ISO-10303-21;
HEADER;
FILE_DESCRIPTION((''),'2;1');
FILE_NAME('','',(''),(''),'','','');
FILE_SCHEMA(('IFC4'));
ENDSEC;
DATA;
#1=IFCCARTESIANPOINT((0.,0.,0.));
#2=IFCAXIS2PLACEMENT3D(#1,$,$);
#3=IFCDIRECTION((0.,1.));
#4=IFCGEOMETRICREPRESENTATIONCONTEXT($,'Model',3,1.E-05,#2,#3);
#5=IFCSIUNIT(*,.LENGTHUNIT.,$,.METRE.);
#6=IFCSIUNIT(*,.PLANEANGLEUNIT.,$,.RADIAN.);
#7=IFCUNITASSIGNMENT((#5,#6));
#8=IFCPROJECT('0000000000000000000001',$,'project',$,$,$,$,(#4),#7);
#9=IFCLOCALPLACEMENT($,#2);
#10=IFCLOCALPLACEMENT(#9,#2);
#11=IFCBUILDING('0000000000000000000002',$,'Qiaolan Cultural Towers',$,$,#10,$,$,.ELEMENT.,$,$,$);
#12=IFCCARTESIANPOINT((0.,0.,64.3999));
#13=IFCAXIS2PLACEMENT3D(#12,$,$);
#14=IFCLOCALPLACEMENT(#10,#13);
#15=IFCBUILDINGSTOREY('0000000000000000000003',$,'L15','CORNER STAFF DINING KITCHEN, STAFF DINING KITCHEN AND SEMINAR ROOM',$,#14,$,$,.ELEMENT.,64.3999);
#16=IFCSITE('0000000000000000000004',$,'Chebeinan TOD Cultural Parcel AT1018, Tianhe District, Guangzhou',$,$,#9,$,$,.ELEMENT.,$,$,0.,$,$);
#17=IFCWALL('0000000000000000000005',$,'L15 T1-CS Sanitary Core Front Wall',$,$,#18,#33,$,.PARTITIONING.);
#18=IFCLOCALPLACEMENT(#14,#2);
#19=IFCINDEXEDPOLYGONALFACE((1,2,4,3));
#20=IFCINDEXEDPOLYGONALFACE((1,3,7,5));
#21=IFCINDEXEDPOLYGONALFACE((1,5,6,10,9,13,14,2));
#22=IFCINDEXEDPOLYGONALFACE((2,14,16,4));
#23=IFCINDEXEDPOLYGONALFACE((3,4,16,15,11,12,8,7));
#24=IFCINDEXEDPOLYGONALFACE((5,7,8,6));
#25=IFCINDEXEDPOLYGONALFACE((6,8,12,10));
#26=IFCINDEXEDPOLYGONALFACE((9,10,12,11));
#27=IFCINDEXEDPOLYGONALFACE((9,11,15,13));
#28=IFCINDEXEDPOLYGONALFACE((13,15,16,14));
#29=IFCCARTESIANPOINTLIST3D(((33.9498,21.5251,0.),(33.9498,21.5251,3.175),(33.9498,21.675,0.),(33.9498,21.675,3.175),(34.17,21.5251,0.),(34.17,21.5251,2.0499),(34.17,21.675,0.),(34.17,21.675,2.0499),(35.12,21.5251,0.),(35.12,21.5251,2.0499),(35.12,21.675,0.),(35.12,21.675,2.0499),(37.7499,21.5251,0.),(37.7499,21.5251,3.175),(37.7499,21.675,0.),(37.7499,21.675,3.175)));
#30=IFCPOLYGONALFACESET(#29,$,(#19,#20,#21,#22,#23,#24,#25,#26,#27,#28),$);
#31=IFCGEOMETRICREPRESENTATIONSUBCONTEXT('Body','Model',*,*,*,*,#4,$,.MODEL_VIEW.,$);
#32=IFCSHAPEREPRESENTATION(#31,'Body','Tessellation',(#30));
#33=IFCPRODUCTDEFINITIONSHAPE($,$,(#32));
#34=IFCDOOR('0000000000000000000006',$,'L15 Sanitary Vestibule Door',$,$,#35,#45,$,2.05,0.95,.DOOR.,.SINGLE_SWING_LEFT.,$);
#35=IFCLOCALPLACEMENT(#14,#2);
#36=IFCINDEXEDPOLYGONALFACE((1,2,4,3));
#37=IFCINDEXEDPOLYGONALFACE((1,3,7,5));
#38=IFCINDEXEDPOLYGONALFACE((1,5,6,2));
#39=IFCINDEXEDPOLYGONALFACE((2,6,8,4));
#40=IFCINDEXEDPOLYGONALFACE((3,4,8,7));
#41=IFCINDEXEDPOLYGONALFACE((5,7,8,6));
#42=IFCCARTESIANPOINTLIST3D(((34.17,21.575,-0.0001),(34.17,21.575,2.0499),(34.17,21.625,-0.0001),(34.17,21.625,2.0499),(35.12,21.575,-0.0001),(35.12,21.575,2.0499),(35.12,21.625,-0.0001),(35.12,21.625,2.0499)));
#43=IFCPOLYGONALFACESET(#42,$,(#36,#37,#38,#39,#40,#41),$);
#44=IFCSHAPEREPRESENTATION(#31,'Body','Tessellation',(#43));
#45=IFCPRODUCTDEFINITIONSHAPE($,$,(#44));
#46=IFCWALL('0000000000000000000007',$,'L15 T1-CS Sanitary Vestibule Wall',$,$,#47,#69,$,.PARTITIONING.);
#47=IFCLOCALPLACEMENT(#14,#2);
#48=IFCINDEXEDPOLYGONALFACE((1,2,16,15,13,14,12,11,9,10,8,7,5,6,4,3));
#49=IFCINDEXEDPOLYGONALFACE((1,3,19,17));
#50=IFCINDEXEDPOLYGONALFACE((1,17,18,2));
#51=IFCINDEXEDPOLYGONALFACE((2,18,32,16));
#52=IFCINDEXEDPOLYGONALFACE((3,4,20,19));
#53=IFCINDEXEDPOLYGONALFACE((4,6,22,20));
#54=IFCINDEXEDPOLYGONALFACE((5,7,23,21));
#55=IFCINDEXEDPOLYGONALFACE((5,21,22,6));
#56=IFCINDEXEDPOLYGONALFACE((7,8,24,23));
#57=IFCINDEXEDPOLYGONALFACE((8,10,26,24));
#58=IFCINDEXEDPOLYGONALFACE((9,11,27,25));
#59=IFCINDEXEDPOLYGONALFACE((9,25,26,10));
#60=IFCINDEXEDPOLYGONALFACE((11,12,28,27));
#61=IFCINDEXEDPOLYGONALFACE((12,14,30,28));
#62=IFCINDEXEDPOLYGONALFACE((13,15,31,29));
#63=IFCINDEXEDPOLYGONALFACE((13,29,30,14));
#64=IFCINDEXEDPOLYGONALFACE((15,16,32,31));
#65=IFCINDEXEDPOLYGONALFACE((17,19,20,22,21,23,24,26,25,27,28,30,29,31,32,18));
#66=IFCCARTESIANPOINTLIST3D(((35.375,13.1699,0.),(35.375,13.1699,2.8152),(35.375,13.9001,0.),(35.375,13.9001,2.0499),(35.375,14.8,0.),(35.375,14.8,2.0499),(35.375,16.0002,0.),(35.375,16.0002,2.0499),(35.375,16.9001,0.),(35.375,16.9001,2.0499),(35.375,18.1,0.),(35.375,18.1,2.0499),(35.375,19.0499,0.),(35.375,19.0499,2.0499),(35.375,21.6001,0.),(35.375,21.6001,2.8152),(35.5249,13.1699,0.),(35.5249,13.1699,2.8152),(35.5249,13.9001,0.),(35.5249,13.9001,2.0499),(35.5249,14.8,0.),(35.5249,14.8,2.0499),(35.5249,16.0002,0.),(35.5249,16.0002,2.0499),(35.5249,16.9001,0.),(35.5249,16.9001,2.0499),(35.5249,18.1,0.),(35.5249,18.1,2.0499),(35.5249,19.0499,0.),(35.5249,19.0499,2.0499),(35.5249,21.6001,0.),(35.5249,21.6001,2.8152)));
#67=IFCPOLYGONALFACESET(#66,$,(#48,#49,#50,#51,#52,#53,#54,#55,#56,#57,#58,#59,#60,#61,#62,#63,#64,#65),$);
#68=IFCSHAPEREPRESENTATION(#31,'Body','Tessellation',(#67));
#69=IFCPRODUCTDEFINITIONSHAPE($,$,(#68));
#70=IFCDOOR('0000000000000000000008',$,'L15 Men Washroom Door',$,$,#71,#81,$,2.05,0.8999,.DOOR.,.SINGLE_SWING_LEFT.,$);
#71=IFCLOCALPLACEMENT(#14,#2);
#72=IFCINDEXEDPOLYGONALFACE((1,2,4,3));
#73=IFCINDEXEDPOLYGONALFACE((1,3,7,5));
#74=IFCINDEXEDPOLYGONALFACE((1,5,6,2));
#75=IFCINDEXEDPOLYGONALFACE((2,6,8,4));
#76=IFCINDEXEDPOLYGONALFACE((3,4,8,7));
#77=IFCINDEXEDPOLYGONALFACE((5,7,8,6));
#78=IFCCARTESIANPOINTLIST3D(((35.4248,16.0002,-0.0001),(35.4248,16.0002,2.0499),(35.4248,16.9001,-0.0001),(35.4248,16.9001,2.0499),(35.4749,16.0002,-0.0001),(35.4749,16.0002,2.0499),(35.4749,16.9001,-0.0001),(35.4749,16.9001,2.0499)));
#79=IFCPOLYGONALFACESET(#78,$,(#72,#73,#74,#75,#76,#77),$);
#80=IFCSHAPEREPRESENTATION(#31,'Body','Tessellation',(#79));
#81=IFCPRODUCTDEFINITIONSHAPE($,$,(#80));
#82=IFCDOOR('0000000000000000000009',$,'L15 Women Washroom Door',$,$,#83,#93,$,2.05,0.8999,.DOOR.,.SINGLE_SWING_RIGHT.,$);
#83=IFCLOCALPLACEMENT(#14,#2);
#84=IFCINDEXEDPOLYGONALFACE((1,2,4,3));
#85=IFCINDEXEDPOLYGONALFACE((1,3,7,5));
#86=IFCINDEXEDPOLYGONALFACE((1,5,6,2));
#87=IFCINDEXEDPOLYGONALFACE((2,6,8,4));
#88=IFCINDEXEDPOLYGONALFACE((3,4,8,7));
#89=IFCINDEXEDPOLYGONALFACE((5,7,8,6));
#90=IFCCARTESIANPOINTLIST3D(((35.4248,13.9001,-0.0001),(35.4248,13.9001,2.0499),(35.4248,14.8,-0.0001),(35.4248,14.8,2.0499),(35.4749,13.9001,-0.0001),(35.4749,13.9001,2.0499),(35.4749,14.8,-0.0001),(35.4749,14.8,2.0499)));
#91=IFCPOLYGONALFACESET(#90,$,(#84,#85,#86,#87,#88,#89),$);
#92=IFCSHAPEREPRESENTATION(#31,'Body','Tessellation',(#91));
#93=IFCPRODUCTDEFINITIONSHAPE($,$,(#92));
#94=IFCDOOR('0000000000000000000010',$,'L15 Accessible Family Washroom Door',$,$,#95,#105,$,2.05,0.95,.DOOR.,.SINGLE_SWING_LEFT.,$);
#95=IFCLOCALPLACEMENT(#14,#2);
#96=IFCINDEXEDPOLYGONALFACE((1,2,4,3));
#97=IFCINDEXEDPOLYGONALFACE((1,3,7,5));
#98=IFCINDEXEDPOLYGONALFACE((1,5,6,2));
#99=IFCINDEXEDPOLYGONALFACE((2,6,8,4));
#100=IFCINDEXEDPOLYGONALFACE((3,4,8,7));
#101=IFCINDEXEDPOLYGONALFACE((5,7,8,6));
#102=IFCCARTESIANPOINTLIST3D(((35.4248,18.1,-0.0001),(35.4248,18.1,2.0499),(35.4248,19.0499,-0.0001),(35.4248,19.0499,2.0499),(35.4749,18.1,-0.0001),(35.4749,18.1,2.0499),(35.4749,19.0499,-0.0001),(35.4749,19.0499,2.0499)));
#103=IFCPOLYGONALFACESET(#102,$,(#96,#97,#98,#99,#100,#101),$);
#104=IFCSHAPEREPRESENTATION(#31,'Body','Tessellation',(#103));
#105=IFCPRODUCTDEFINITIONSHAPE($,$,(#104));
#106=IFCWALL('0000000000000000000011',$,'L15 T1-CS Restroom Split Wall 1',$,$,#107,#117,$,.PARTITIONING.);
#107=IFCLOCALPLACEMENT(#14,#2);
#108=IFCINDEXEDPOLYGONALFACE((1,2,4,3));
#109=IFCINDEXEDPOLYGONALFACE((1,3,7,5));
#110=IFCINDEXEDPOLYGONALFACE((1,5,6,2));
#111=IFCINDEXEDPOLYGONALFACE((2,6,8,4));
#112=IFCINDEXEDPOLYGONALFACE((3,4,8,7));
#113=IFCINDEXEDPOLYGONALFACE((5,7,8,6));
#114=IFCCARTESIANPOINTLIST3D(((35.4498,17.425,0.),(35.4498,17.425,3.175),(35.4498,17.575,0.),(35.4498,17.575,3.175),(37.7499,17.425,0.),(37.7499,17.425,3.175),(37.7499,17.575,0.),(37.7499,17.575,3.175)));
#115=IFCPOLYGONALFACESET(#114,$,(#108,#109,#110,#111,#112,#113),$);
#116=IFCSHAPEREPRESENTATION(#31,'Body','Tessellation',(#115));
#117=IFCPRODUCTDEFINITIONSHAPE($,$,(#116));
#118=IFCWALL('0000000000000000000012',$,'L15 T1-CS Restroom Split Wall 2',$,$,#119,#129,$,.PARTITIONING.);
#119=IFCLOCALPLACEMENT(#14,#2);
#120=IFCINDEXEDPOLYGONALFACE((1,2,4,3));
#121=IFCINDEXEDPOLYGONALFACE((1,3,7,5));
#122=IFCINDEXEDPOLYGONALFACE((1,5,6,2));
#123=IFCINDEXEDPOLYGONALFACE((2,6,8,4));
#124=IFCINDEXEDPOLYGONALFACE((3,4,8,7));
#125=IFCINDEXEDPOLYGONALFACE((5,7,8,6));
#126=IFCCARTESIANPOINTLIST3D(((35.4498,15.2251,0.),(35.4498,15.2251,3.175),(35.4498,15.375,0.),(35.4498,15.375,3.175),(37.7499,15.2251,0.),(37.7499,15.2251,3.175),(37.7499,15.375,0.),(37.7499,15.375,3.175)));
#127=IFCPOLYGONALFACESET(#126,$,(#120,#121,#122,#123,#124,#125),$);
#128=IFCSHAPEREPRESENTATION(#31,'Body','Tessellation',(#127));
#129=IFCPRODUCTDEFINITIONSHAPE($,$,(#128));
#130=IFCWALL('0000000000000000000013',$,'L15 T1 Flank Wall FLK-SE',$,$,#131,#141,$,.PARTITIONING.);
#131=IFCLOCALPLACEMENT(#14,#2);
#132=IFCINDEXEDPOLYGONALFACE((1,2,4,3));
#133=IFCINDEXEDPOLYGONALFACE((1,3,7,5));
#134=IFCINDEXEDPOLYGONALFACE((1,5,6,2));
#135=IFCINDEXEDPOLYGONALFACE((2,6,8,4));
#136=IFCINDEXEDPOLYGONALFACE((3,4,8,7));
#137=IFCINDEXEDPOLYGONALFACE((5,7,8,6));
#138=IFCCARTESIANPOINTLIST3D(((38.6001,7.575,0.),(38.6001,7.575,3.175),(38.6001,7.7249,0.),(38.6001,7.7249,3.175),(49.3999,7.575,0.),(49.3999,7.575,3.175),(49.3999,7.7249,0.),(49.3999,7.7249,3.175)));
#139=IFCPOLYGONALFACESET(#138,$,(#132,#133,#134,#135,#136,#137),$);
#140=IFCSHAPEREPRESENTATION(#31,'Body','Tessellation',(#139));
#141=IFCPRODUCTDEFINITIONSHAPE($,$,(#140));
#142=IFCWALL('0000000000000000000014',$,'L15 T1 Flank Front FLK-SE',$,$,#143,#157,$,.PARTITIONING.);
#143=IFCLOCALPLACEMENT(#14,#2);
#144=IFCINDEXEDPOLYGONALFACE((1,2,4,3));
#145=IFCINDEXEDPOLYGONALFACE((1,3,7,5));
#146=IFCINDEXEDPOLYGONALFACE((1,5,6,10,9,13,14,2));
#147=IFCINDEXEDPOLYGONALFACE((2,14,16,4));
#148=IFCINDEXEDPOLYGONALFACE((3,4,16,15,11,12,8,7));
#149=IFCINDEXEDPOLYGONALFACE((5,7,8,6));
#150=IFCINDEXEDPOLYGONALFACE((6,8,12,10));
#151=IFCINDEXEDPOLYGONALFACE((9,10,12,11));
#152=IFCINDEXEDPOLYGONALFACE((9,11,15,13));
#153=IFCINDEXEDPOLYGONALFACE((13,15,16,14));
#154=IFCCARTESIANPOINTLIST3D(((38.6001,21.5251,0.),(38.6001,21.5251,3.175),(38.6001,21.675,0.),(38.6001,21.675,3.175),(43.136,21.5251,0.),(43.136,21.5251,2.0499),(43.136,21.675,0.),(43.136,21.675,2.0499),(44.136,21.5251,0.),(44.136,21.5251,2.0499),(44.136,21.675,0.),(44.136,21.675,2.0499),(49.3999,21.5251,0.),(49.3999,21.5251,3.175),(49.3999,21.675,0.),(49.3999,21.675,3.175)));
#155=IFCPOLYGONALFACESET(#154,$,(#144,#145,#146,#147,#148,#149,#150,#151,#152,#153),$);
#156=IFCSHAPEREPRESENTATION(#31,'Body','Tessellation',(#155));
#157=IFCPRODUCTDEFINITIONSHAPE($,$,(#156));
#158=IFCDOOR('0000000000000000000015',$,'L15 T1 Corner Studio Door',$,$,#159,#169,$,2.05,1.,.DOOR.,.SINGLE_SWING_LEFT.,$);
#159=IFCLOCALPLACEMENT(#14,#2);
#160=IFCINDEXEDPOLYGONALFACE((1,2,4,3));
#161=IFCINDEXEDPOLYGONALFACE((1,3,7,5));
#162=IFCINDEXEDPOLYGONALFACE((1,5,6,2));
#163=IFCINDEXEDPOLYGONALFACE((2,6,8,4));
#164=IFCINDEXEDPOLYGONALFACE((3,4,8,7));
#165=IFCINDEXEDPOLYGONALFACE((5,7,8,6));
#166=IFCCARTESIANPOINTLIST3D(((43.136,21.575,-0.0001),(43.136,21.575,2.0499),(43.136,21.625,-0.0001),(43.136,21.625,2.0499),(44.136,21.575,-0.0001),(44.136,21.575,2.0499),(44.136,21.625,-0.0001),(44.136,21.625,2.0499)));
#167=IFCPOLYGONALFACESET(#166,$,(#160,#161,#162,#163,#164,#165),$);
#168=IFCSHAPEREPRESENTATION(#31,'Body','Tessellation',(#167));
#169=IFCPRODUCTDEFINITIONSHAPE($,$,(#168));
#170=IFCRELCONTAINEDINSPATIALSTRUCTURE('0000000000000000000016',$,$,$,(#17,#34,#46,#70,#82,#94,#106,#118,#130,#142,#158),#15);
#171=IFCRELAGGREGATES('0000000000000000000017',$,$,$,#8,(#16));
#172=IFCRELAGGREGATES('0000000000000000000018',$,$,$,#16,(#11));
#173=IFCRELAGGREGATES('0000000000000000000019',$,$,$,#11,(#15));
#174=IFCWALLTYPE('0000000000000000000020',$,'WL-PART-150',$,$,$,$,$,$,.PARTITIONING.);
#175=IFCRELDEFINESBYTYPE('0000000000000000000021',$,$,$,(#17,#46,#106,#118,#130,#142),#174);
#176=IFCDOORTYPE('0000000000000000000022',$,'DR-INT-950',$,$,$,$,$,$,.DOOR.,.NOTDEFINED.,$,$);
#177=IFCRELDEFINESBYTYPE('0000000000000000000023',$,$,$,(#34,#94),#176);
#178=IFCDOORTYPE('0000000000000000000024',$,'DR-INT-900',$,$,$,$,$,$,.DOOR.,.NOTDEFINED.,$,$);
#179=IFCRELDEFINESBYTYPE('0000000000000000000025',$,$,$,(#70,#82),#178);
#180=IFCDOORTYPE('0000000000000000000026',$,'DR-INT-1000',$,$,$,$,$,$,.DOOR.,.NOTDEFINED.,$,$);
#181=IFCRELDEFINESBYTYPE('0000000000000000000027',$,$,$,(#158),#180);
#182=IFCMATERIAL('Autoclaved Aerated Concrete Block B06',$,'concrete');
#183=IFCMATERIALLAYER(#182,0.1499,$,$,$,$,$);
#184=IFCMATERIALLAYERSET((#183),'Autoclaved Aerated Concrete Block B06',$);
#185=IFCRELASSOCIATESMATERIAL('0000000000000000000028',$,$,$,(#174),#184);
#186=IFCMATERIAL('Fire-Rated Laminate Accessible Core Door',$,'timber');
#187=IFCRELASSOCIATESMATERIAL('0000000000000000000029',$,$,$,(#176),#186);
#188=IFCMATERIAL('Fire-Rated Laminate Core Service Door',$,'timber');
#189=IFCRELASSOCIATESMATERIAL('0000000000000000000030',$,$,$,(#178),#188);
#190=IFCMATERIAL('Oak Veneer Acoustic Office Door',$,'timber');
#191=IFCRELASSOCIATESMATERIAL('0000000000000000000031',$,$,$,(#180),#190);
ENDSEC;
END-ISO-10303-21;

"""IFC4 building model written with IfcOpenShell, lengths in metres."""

from ifc_helpers import new_model, si_unit, direction, frame, frame_2d, origin, place, context, subcontext, project, spatial, rectangle, extrude, material, layer, layer_set, type_object, element, fill, save


model = new_model("IFC4")

# Units and contexts
model_context = context("Model", 3, precision=1e-05, world=origin(), true_north=direction((0.0, 1.0)))
body_context = subcontext(model_context, "Body", "Model", "MODEL_VIEW")
ifc_project = project(units=[si_unit("LENGTHUNIT", "METRE"), si_unit("PLANEANGLEUNIT", "RADIAN")], contexts=[model_context])

# Site, building, storey
site_placement = place(None, origin())
site = spatial("IfcSite", under=ifc_project, at=site_placement, Name="Chebeinan TOD Cultural Parcel AT1018, Tianhe District, Guangzhou", CompositionType="ELEMENT", RefElevation=0.0)
building_placement = place(site_placement, origin())
building = spatial("IfcBuilding", under=site, at=building_placement, Name="Qiaolan Cultural Towers", CompositionType="ELEMENT")
storey_placement = place(building_placement, frame((0.0, 0.0, 64.3999)))
storey = spatial("IfcBuildingStorey", under=building, at=storey_placement, Name="L15", Description="CORNER STAFF DINING KITCHEN, STAFF DINING KITCHEN AND SEMINAR ROOM", CompositionType="ELEMENT", Elevation=64.3999)

# Shared definitions
ifc_material_1 = material(Name="Autoclaved Aerated Concrete Block B06", Category="concrete")
ifc_layer_1 = layer(ifc_material_1, 0.1499)
ifc_layer_set_1 = layer_set([ifc_layer_1], Name="Autoclaved Aerated Concrete Block B06")
wall_type_1 = type_object("IfcWallType", Name="WL-PART-150", PredefinedType="PARTITIONING", material=ifc_layer_set_1)

# Wall, opening, door
wall_1_placement = place(storey_placement, frame((33.95, 21.6001, 0.0), z_axis=(0.0, 0.0, 1.0), x_axis=(1.0, 0.0, 0.0)))
wall_1 = element("IfcWall", 1, at=wall_1_placement, inside=storey, type_object=wall_type_1, Name="L15 T1-CS Sanitary Core Front Wall", PredefinedType="PARTITIONING", context=body_context, shape_type="SweptSolid", body=[
    extrude(rectangle(XDim=3.8, YDim=0.1499, at=frame_2d((1.8999, 0.0))), origin(), (0.0, 0.0, 1.0), 3.175),
])
opening_1_placement = place(wall_1_placement, frame((0.22, 0.0, 0.0)))
opening_1 = element("IfcOpeningElement", 2, at=opening_1_placement, cuts=wall_1, PredefinedType="OPENING", context=body_context, shape_type="SweptSolid", body=[
    extrude(rectangle(XDim=0.95, YDim=2.05, at=frame_2d((0.4751, 1.0249))), frame((0.0, 0.085, 0.0), z_axis=(0.0, -1.0, 0.0), x_axis=(1.0, 0.0, 0.0)), (0.0, 0.0, 1.0), 0.1699),
])
ifc_material_2 = material(Name="Fire-Rated Laminate Accessible Core Door", Category="timber")
door_type_1 = type_object("IfcDoorType", Name="DR-INT-950", OperationType="NOTDEFINED", PredefinedType="DOOR", material=ifc_material_2)
door_1_placement = place(opening_1_placement, origin())
door_1 = element("IfcDoor", 3, at=door_1_placement, inside=storey, type_object=door_type_1, Name="L15 Sanitary Vestibule Door", OperationType="SINGLE_SWING_LEFT", OverallHeight=2.05, OverallWidth=0.95, PredefinedType="DOOR", context=body_context, shape_type="SweptSolid", body=[
    extrude(rectangle(XDim=0.95, YDim=2.05, at=frame_2d((0.4751, 1.0249))), frame((0.0, 0.0249, 0.0), z_axis=(0.0, -1.0, 0.0), x_axis=(1.0, 0.0, 0.0)), (0.0, 0.0, 1.0), 0.05),
])
fill(opening_1, door_1)

# Wall, openings, doors
wall_2_placement = place(storey_placement, frame((35.45, 21.6001, 0.0), z_axis=(0.0, 0.0, 1.0), x_axis=(0.0, -1.0, 0.0)))
wall_2 = element("IfcWall", 4, at=wall_2_placement, inside=storey, type_object=wall_type_1, Name="L15 T1-CS Sanitary Vestibule Wall", PredefinedType="PARTITIONING", context=body_context, shape_type="SweptSolid", body=[
    extrude(rectangle(XDim=8.4302, YDim=0.1499, at=frame_2d((4.2151, 0.0))), origin(), (0.0, 0.0, 1.0), 2.8152),
])
opening_2_placement = place(wall_2_placement, frame((2.55, 0.0, 0.0)))
opening_2 = element("IfcOpeningElement", 5, at=opening_2_placement, cuts=wall_2, PredefinedType="OPENING", context=body_context, shape_type="SweptSolid", body=[
    extrude(rectangle(XDim=0.95, YDim=2.05, at=frame_2d((0.4751, 1.0249))), frame((0.0, 0.085, 0.0), z_axis=(0.0, -1.0, 0.0), x_axis=(1.0, 0.0, 0.0)), (0.0, 0.0, 1.0), 0.1699),
])
opening_3_placement = place(wall_2_placement, frame((4.7, 0.0, 0.0)))
opening_3 = element("IfcOpeningElement", 6, at=opening_3_placement, cuts=wall_2, PredefinedType="OPENING", context=body_context, shape_type="SweptSolid", body=[
    extrude(rectangle(XDim=0.8999, YDim=2.05, at=frame_2d((0.45, 1.0249))), frame((0.0, 0.085, 0.0), z_axis=(0.0, -1.0, 0.0), x_axis=(1.0, 0.0, 0.0)), (0.0, 0.0, 1.0), 0.1699),
])
opening_4_placement = place(wall_2_placement, frame((6.8, 0.0, 0.0)))
opening_4 = element("IfcOpeningElement", 7, at=opening_4_placement, cuts=wall_2, PredefinedType="OPENING", context=body_context, shape_type="SweptSolid", body=[
    extrude(rectangle(XDim=0.8999, YDim=2.05, at=frame_2d((0.45, 1.0249))), frame((0.0, 0.085, 0.0), z_axis=(0.0, -1.0, 0.0), x_axis=(1.0, 0.0, 0.0)), (0.0, 0.0, 1.0), 0.1699),
])
ifc_material_3 = material(Name="Fire-Rated Laminate Core Service Door", Category="timber")
door_type_2 = type_object("IfcDoorType", Name="DR-INT-900", OperationType="NOTDEFINED", PredefinedType="DOOR", material=ifc_material_3)
door_2_placement = place(opening_3_placement, origin())
door_2 = element("IfcDoor", 8, at=door_2_placement, inside=storey, type_object=door_type_2, Name="L15 Men Washroom Door", OperationType="SINGLE_SWING_LEFT", OverallHeight=2.05, OverallWidth=0.8999, PredefinedType="DOOR", context=body_context, shape_type="SweptSolid", body=[
    extrude(rectangle(XDim=0.8999, YDim=2.05, at=frame_2d((0.45, 1.0249))), frame((0.0, 0.0249, 0.0), z_axis=(0.0, -1.0, 0.0), x_axis=(1.0, 0.0, 0.0)), (0.0, 0.0, 1.0), 0.05),
])
fill(opening_3, door_2)
door_3_placement = place(opening_4_placement, origin())
door_3 = element("IfcDoor", 9, at=door_3_placement, inside=storey, type_object=door_type_2, Name="L15 Women Washroom Door", OperationType="SINGLE_SWING_RIGHT", OverallHeight=2.05, OverallWidth=0.8999, PredefinedType="DOOR", context=body_context, shape_type="SweptSolid", body=[
    extrude(rectangle(XDim=0.8999, YDim=2.05, at=frame_2d((0.45, 1.0249))), frame((0.0, 0.0249, 0.0), z_axis=(0.0, -1.0, 0.0), x_axis=(1.0, 0.0, 0.0)), (0.0, 0.0, 1.0), 0.05),
])
fill(opening_4, door_3)
door_4_placement = place(opening_2_placement, origin())
door_4 = element("IfcDoor", 10, at=door_4_placement, inside=storey, type_object=door_type_1, Name="L15 Accessible Family Washroom Door", OperationType="SINGLE_SWING_LEFT", OverallHeight=2.05, OverallWidth=0.95, PredefinedType="DOOR", context=body_context, shape_type="SweptSolid", body=[
    extrude(rectangle(XDim=0.95, YDim=2.05, at=frame_2d((0.4751, 1.0249))), frame((0.0, 0.0249, 0.0), z_axis=(0.0, -1.0, 0.0), x_axis=(1.0, 0.0, 0.0)), (0.0, 0.0, 1.0), 0.05),
])
fill(opening_2, door_4)

# Walls
for number, where, z_axis, x_axis, name in (
    (11, (35.45, 17.5, 0.0), (0.0, 0.0, 1.0), (1.0, 0.0, 0.0), "L15 T1-CS Restroom Split Wall 1"),
    (12, (35.45, 15.3, 0.0), (0.0, 0.0, 1.0), (1.0, 0.0, 0.0), "L15 T1-CS Restroom Split Wall 2"),
):
    element("IfcWall", number, at=place(storey_placement, frame(where, z_axis=z_axis, x_axis=x_axis)), inside=storey, type_object=wall_type_1, Name=name, PredefinedType="PARTITIONING", context=body_context, shape_type="SweptSolid", body=[
        extrude(rectangle(XDim=2.3, YDim=0.1499, at=frame_2d((1.1499, 0.0))), origin(), (0.0, 0.0, 1.0), 3.175),
    ])
wall_3_placement = place(storey_placement, frame((38.6001, 7.6499, 0.0), z_axis=(0.0, 0.0, 1.0), x_axis=(1.0, 0.0, 0.0)))
element("IfcWall", 13, at=wall_3_placement, inside=storey, type_object=wall_type_1, Name="L15 T1 Flank Wall FLK-SE", PredefinedType="PARTITIONING", context=body_context, shape_type="SweptSolid", body=[
    extrude(rectangle(XDim=10.7998, YDim=0.1499, at=frame_2d((5.3999, 0.0))), origin(), (0.0, 0.0, 1.0), 3.175),
])

# Wall, opening, door
wall_4_placement = place(storey_placement, frame((38.6001, 21.6001, 0.0), z_axis=(0.0, 0.0, 1.0), x_axis=(1.0, 0.0, 0.0)))
wall_4 = element("IfcWall", 14, at=wall_4_placement, inside=storey, type_object=wall_type_1, Name="L15 T1 Flank Front FLK-SE", PredefinedType="PARTITIONING", context=body_context, shape_type="SweptSolid", body=[
    extrude(rectangle(XDim=10.7998, YDim=0.1499, at=frame_2d((5.3999, 0.0))), origin(), (0.0, 0.0, 1.0), 3.175),
])
opening_5_placement = place(wall_4_placement, frame((4.5359, 0.0, 0.0)))
opening_5 = element("IfcOpeningElement", 15, at=opening_5_placement, cuts=wall_4, PredefinedType="OPENING", context=body_context, shape_type="SweptSolid", body=[
    extrude(rectangle(XDim=1.0, YDim=2.05, at=frame_2d((0.5, 1.0249))), frame((0.0, 0.085, 0.0), z_axis=(0.0, -1.0, 0.0), x_axis=(1.0, 0.0, 0.0)), (0.0, 0.0, 1.0), 0.1699),
])
ifc_material_4 = material(Name="Oak Veneer Acoustic Office Door", Category="timber")
door_type_3 = type_object("IfcDoorType", Name="DR-INT-1000", OperationType="NOTDEFINED", PredefinedType="DOOR", material=ifc_material_4)
door_5_placement = place(opening_5_placement, origin())
door_5 = element("IfcDoor", 16, at=door_5_placement, inside=storey, type_object=door_type_3, Name="L15 T1 Corner Studio Door", OperationType="SINGLE_SWING_LEFT", OverallHeight=2.05, OverallWidth=1.0, PredefinedType="DOOR", context=body_context, shape_type="SweptSolid", body=[
    extrude(rectangle(XDim=1.0, YDim=2.05, at=frame_2d((0.5, 1.0249))), frame((0.0, 0.0249, 0.0), z_axis=(0.0, -1.0, 0.0), x_axis=(1.0, 0.0, 0.0)), (0.0, 0.0, 1.0), 0.05),
])
fill(opening_5, door_5)

save(model, "model.ifc")
